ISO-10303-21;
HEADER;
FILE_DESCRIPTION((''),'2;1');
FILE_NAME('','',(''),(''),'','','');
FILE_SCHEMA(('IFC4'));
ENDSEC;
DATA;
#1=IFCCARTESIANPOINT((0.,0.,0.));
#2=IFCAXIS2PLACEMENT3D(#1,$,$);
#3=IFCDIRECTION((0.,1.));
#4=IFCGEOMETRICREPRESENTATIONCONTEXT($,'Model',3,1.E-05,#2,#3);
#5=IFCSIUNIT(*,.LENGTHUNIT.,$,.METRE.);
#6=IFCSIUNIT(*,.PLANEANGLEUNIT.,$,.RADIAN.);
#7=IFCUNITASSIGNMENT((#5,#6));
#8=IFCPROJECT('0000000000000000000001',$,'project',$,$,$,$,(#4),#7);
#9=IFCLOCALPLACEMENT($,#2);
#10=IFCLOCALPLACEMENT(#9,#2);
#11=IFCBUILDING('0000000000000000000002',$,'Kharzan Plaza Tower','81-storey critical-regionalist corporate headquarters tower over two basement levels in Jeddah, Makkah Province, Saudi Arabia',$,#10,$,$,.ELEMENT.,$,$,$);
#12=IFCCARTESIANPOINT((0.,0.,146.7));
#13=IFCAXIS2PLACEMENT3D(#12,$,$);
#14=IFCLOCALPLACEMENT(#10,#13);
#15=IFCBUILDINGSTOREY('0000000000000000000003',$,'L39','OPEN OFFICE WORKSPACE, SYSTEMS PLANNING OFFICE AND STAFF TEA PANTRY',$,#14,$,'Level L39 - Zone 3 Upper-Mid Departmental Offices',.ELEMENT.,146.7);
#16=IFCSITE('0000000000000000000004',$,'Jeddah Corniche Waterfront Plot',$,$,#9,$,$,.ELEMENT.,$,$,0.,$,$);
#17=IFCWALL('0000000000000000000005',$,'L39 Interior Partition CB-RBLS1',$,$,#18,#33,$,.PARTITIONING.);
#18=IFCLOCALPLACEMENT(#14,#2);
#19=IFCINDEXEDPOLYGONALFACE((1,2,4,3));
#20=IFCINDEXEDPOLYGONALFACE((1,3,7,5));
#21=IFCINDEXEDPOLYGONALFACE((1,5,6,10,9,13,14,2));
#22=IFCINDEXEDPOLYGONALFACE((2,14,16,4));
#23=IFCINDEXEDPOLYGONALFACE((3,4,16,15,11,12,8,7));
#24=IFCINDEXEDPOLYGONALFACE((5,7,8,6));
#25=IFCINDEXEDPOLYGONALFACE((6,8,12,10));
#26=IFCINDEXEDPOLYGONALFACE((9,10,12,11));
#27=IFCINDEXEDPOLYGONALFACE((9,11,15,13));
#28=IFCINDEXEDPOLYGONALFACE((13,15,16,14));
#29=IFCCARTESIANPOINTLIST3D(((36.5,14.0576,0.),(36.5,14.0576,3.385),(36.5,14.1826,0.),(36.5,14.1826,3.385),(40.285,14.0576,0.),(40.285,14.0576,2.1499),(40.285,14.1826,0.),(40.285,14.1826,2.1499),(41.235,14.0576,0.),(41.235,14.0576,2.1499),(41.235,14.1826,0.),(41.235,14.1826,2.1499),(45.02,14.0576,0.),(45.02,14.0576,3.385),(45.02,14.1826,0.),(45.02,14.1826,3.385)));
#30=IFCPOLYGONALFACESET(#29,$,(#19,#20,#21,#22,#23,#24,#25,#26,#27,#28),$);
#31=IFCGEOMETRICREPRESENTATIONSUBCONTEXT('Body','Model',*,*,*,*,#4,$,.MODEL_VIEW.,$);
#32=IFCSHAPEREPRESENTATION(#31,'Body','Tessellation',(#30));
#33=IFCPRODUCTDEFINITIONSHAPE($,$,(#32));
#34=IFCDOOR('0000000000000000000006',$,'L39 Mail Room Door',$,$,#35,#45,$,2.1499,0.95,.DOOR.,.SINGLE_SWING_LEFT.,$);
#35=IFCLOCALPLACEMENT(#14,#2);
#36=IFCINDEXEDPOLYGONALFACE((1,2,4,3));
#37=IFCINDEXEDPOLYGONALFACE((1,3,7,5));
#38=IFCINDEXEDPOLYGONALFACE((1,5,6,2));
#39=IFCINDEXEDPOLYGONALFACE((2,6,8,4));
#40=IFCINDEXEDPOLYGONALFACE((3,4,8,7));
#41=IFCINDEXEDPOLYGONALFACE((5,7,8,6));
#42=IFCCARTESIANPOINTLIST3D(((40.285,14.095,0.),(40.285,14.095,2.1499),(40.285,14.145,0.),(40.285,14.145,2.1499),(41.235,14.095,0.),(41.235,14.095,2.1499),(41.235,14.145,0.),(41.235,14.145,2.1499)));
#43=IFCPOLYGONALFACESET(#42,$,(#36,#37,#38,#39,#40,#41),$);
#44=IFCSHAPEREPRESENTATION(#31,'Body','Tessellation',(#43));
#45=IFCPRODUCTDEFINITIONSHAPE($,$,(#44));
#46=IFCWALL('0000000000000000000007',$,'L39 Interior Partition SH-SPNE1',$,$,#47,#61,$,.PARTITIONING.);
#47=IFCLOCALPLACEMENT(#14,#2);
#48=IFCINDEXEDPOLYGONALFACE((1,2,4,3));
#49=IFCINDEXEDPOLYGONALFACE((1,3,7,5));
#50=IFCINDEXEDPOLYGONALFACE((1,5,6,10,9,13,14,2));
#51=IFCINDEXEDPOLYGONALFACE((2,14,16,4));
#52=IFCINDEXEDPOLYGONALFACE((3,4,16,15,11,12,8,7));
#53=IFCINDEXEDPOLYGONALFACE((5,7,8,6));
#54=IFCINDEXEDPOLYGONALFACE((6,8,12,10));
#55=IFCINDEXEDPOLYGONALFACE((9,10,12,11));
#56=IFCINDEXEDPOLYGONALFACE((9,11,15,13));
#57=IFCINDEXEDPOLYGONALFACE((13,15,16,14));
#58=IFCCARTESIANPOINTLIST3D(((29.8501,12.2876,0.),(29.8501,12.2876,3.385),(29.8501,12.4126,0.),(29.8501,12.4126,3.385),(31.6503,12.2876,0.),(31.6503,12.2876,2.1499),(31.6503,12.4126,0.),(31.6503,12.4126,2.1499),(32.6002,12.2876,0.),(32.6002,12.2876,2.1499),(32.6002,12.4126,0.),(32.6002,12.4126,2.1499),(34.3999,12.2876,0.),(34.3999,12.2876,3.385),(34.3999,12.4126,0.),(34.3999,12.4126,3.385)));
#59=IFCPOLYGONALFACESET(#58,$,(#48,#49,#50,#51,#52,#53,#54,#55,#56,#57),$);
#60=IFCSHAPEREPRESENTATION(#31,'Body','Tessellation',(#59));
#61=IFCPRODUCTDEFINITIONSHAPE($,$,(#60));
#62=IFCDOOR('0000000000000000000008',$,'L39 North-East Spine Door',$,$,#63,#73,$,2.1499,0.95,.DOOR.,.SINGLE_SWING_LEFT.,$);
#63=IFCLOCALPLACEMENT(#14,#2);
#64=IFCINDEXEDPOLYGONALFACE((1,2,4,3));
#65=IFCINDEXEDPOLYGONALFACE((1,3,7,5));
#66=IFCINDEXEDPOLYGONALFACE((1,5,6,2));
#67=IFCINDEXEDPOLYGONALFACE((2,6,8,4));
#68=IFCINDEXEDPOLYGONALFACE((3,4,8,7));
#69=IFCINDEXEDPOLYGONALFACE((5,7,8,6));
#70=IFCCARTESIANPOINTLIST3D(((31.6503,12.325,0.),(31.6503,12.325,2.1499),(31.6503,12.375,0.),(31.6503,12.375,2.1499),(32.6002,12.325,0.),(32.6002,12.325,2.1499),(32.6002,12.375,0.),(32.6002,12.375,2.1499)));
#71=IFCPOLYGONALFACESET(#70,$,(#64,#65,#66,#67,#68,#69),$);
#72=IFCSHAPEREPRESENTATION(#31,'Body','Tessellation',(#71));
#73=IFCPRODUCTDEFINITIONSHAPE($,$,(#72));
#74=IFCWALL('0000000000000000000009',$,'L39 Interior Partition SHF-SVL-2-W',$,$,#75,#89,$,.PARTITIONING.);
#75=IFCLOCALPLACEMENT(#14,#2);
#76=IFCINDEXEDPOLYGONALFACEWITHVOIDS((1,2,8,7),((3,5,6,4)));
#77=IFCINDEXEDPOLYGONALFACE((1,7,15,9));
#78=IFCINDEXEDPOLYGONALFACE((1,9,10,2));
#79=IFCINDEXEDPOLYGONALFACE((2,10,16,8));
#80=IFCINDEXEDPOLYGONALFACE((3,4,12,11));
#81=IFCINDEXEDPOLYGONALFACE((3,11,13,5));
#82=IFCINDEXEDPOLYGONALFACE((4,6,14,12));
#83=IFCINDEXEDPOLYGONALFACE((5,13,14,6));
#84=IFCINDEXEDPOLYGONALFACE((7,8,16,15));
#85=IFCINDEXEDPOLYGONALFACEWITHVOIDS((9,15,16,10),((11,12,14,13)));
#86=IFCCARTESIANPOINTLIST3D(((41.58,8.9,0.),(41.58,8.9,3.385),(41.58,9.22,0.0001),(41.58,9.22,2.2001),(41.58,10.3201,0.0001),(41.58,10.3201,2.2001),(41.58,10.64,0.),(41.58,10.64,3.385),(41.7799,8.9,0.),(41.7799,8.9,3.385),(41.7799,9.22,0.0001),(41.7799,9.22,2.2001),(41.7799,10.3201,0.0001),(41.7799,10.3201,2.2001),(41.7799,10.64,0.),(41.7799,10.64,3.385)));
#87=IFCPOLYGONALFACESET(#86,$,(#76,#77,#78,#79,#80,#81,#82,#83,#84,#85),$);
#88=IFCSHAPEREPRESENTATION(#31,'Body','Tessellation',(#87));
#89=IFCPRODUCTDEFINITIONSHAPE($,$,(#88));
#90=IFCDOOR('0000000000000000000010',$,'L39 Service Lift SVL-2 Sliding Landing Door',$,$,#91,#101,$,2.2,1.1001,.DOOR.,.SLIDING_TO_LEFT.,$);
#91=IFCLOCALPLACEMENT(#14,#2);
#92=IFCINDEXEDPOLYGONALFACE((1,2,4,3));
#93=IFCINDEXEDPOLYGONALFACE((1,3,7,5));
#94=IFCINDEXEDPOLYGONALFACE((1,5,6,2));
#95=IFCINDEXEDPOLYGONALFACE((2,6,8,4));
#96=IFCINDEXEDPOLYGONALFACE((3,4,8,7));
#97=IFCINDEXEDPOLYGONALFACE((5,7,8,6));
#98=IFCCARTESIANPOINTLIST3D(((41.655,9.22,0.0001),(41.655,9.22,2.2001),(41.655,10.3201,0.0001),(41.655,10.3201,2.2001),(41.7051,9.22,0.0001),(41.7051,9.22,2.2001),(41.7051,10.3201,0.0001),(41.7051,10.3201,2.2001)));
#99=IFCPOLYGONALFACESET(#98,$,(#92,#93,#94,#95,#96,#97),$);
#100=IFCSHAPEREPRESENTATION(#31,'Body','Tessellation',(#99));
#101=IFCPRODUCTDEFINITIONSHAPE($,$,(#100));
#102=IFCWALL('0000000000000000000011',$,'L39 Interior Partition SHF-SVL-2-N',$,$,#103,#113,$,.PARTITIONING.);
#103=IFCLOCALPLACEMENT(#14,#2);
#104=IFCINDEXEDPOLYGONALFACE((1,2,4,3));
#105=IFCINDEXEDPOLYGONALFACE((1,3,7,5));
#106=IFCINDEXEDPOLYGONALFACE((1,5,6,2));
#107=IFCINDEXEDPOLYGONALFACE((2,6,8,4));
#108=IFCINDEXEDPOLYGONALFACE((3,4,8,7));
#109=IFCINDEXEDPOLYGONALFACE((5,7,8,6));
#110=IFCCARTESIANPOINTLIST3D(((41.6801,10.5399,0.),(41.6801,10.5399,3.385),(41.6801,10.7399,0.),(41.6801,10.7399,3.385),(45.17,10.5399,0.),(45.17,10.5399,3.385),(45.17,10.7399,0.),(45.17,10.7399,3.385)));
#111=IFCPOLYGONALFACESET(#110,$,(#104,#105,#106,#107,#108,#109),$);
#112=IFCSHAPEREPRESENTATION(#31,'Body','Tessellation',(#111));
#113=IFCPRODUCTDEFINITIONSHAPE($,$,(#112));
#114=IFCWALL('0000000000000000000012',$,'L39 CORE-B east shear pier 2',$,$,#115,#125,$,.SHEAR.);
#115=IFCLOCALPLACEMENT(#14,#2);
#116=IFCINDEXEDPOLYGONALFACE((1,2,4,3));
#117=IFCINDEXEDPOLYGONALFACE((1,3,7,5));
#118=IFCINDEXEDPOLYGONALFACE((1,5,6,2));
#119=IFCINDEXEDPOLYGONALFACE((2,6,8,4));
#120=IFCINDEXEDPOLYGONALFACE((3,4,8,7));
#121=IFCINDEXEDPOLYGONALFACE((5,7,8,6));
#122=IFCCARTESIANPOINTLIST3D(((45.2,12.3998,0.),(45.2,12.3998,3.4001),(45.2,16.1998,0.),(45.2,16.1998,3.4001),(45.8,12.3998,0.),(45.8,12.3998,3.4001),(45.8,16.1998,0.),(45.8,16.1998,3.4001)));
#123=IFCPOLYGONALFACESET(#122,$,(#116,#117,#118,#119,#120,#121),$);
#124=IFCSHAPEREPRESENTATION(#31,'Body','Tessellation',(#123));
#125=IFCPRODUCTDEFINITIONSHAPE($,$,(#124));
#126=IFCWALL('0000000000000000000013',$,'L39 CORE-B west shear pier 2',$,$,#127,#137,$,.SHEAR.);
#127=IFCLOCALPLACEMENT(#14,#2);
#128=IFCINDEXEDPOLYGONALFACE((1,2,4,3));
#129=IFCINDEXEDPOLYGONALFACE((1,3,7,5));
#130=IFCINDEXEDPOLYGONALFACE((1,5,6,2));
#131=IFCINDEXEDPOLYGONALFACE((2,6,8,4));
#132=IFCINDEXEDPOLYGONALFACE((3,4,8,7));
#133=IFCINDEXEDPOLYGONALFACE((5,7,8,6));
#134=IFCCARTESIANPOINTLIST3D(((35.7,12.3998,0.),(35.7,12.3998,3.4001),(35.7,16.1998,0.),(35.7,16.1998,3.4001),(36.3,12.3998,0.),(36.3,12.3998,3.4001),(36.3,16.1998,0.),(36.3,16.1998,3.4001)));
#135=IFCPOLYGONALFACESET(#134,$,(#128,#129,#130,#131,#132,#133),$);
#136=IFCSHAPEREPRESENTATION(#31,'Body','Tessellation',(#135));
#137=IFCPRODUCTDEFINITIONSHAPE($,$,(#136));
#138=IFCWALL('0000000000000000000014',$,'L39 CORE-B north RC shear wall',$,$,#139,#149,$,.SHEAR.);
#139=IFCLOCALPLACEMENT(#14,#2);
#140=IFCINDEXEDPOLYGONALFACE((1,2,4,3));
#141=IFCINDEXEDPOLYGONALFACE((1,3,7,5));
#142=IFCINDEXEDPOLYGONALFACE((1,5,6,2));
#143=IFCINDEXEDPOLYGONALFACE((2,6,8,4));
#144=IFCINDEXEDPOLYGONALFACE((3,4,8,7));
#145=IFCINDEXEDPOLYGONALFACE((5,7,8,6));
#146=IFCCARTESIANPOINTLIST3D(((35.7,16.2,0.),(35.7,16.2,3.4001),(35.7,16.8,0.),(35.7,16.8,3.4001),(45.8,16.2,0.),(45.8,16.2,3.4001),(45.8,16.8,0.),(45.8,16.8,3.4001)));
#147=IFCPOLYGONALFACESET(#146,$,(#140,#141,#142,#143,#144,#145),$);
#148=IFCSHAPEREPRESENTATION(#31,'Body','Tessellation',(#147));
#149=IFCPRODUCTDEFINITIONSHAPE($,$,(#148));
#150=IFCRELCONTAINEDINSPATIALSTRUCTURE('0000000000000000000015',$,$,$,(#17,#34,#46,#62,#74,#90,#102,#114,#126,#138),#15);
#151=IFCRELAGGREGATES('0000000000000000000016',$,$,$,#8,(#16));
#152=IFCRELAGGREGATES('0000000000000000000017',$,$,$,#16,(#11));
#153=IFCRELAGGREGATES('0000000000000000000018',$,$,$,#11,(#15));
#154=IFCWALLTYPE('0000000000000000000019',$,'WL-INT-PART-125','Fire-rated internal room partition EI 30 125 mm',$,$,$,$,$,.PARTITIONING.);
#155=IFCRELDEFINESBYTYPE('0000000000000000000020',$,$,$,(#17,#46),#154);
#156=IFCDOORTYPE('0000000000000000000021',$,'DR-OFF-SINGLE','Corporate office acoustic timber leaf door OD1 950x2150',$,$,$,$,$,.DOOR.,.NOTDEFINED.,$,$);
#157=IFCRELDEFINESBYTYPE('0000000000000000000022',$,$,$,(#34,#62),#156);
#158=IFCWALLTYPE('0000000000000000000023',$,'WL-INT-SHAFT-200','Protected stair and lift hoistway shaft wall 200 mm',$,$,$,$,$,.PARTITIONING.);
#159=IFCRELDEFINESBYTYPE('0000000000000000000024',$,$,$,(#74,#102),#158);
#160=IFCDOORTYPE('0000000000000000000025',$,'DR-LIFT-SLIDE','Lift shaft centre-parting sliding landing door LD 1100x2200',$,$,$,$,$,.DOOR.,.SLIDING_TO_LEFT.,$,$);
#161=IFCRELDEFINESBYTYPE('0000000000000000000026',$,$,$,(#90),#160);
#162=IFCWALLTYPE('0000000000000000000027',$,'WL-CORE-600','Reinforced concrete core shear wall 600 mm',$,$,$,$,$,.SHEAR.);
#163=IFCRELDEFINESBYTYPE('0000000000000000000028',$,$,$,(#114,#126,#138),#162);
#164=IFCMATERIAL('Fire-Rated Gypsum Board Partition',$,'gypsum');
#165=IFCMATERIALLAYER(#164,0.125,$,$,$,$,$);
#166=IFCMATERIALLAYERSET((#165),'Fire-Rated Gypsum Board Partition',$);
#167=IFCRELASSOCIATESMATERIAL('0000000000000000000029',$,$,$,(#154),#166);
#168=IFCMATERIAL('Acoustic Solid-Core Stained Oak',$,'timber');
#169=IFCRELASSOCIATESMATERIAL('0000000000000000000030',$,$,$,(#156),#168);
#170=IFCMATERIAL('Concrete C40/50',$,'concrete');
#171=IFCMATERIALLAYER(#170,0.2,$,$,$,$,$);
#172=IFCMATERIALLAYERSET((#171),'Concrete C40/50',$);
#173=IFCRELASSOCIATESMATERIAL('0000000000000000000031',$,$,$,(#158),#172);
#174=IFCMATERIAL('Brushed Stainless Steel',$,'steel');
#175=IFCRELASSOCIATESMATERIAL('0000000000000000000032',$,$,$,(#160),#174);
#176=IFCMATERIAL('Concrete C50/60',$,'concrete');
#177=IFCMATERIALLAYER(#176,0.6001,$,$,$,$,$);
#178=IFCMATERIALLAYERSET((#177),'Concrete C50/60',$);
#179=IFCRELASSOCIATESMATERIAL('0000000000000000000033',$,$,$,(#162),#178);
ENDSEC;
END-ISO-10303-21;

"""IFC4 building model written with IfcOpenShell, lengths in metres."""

from ifc_helpers import new_model, si_unit, direction, frame, frame_2d, origin, place, context, subcontext, project, spatial, rectangle, extrude, source, transform, mapped, material, layer, layer_set, type_object, element, fill, save


model = new_model("IFC4")

# Units and contexts
model_context = context("Model", 3, precision=1e-05, world=origin(), true_north=direction((0.0, 1.0)))
body_context = subcontext(model_context, "Body", "Model", "MODEL_VIEW")
ifc_project = project(units=[si_unit("LENGTHUNIT", "METRE"), si_unit("PLANEANGLEUNIT", "RADIAN")], contexts=[model_context])

# Site, building, storey
site_placement = place(None, origin())
site = spatial("IfcSite", under=ifc_project, at=site_placement, Name="Jeddah Corniche Waterfront Plot", CompositionType="ELEMENT", RefElevation=0.0)
building_placement = place(site_placement, origin())
building = spatial("IfcBuilding", under=site, at=building_placement, Name="Kharzan Plaza Tower", Description="81-storey critical-regionalist corporate headquarters tower over two basement levels in Jeddah, Makkah Province, Saudi Arabia", CompositionType="ELEMENT")
storey_placement = place(building_placement, frame((0.0, 0.0, 146.7)))
storey = spatial("IfcBuildingStorey", under=building, at=storey_placement, Name="L39", Description="OPEN OFFICE WORKSPACE, SYSTEMS PLANNING OFFICE AND STAFF TEA PANTRY", LongName="Level L39 - Zone 3 Upper-Mid Departmental Offices", CompositionType="ELEMENT", Elevation=146.7)

# Shared definitions
ifc_material_1 = material(Name="Concrete C50/60", Category="concrete")

# Shared definitions
ifc_material_2 = material(Name="Concrete C40/50", Category="concrete")

# Walls, openings, doors
ifc_material_3 = material(Name="Fire-Rated Gypsum Board Partition", Category="gypsum")
ifc_layer_1 = layer(ifc_material_3, 0.125)
ifc_layer_set_1 = layer_set([ifc_layer_1], Name="Fire-Rated Gypsum Board Partition")
wall_type_1 = type_object("IfcWallType", Name="WL-INT-PART-125", Description="Fire-rated internal room partition EI 30 125 mm", PredefinedType="PARTITIONING", material=ifc_layer_set_1)
wall_1_placement = place(storey_placement, frame((36.5, 14.1201, 0.0), z_axis=(0.0, 0.0, 1.0), x_axis=(1.0, 0.0, 0.0)))
wall_1 = element("IfcWall", 1, at=wall_1_placement, inside=storey, type_object=wall_type_1, Name="L39 Interior Partition CB-RBLS1", PredefinedType="PARTITIONING", context=body_context, shape_type="SweptSolid", body=[
    extrude(rectangle(XDim=8.52, YDim=0.125, at=frame_2d((4.26, 0.0))), origin(), (0.0, 0.0, 1.0), 3.385),
])
opening_1_placement = place(wall_1_placement, frame((3.7849, 0.0, 0.0)))
opening_1 = element("IfcOpeningElement", 2, at=opening_1_placement, cuts=wall_1, PredefinedType="OPENING", context=body_context, shape_type="SweptSolid", body=[
    extrude(rectangle(XDim=0.95, YDim=2.1499, at=frame_2d((0.4751, 1.075))), frame((0.0, 0.0725, 0.0), z_axis=(0.0, -1.0, 0.0), x_axis=(1.0, 0.0, 0.0)), (0.0, 0.0, 1.0), 0.145),
])
ifc_material_4 = material(Name="Acoustic Solid-Core Stained Oak", Category="timber")
door_type_1 = type_object("IfcDoorType", Name="DR-OFF-SINGLE", Description="Corporate office acoustic timber leaf door OD1 950x2150", OperationType="NOTDEFINED", PredefinedType="DOOR", material=ifc_material_4)
shared_shape_1 = source(origin(), body_context, "Body", "SweptSolid", [
    extrude(rectangle(XDim=0.95, YDim=2.1499, at=frame_2d((0.4751, 1.075))), frame((0.0, 0.0249, 0.0), z_axis=(0.0, -1.0, 0.0), x_axis=(1.0, 0.0, 0.0)), (0.0, 0.0, 1.0), 0.05),
])
door_1_placement = place(opening_1_placement, origin())
door_1 = element("IfcDoor", 3, at=door_1_placement, inside=storey, type_object=door_type_1, Name="L39 Mail Room Door", OperationType="SINGLE_SWING_LEFT", OverallHeight=2.1499, OverallWidth=0.95, PredefinedType="DOOR", context=body_context, shape_type="MappedRepresentation", body=[
    mapped(shared_shape_1, transform((0.0, 0.0, 0.0), x_axis=(1.0, 0.0, 0.0), y_axis=(0.0, 1.0, 0.0), z_axis=(0.0, 0.0, 1.0))),
])
fill(opening_1, door_1)
wall_2_placement = place(storey_placement, frame((29.8501, 12.3501, 0.0), z_axis=(0.0, 0.0, 1.0), x_axis=(1.0, 0.0, 0.0)))
wall_2 = element("IfcWall", 4, at=wall_2_placement, inside=storey, type_object=wall_type_1, Name="L39 Interior Partition SH-SPNE1", PredefinedType="PARTITIONING", context=body_context, shape_type="SweptSolid", body=[
    extrude(rectangle(XDim=4.5498, YDim=0.125, at=frame_2d((2.2749, 0.0))), origin(), (0.0, 0.0, 1.0), 3.385),
])
opening_2_placement = place(wall_2_placement, frame((1.8, 0.0, 0.0)))
opening_2 = element("IfcOpeningElement", 5, at=opening_2_placement, cuts=wall_2, PredefinedType="OPENING", context=body_context, shape_type="SweptSolid", body=[
    extrude(rectangle(XDim=0.95, YDim=2.1499, at=frame_2d((0.4751, 1.075))), frame((0.0, 0.0725, 0.0), z_axis=(0.0, -1.0, 0.0), x_axis=(1.0, 0.0, 0.0)), (0.0, 0.0, 1.0), 0.145),
])
door_2_placement = place(opening_2_placement, origin())
door_2 = element("IfcDoor", 6, at=door_2_placement, inside=storey, type_object=door_type_1, Name="L39 North-East Spine Door", OperationType="SINGLE_SWING_LEFT", OverallHeight=2.1499, OverallWidth=0.95, PredefinedType="DOOR", context=body_context, shape_type="MappedRepresentation", body=[
    mapped(shared_shape_1, transform((0.0, 0.0, 0.0), x_axis=(1.0, 0.0, 0.0), y_axis=(0.0, 1.0, 0.0), z_axis=(0.0, 0.0, 1.0))),
])
fill(opening_2, door_2)
ifc_layer_2 = layer(ifc_material_2, 0.2)
ifc_layer_set_2 = layer_set([ifc_layer_2], Name="Concrete C40/50")
wall_type_2 = type_object("IfcWallType", Name="WL-INT-SHAFT-200", Description="Protected stair and lift hoistway shaft wall 200 mm", PredefinedType="PARTITIONING", material=ifc_layer_set_2)
wall_3_placement = place(storey_placement, frame((41.6799, 8.8999, 0.0), z_axis=(0.0, 0.0, 1.0), x_axis=(0.0, 1.0, 0.0)))
wall_3 = element("IfcWall", 7, at=wall_3_placement, inside=storey, type_object=wall_type_2, Name="L39 Interior Partition SHF-SVL-2-W", PredefinedType="PARTITIONING", context=body_context, shape_type="SweptSolid", body=[
    extrude(rectangle(XDim=1.74, YDim=0.2, at=frame_2d((0.8701, 0.0))), origin(), (0.0, 0.0, 1.0), 3.385),
])
opening_3_placement = place(wall_3_placement, frame((0.3201, 0.0, 0.0)))
opening_3 = element("IfcOpeningElement", 8, at=opening_3_placement, cuts=wall_3, PredefinedType="OPENING", context=body_context, shape_type="SweptSolid", body=[
    extrude(rectangle(XDim=1.1001, YDim=2.2, at=frame_2d((0.55, 1.1001))), frame((0.0, 0.1099, 0.0), z_axis=(0.0, -1.0, 0.0), x_axis=(1.0, 0.0, 0.0)), (0.0, 0.0, 1.0), 0.22),
])
ifc_material_5 = material(Name="Brushed Stainless Steel", Category="steel")
door_type_2 = type_object("IfcDoorType", Name="DR-LIFT-SLIDE", Description="Lift shaft centre-parting sliding landing door LD 1100x2200", OperationType="SLIDING_TO_LEFT", PredefinedType="DOOR", material=ifc_material_5)
shared_shape_2 = source(origin(), body_context, "Body", "SweptSolid", [
    extrude(rectangle(XDim=1.1001, YDim=2.2, at=frame_2d((0.55, 1.1001))), frame((0.0, 0.0249, 0.0), z_axis=(0.0, -1.0, 0.0), x_axis=(1.0, 0.0, 0.0)), (0.0, 0.0, 1.0), 0.05),
])
door_3_placement = place(opening_3_placement, origin())
door_3 = element("IfcDoor", 9, at=door_3_placement, inside=storey, type_object=door_type_2, Name="L39 Service Lift SVL-2 Sliding Landing Door", OperationType="SLIDING_TO_LEFT", OverallHeight=2.2, OverallWidth=1.1001, PredefinedType="DOOR", context=body_context, shape_type="MappedRepresentation", body=[
    mapped(shared_shape_2, transform((0.0, 0.0, 0.0), x_axis=(1.0, 0.0, 0.0), y_axis=(0.0, 1.0, 0.0), z_axis=(0.0, 0.0, 1.0))),
])
fill(opening_3, door_3)

# Walls
shared_shape_3 = source(origin(), body_context, "Body", "SweptSolid", [
    extrude(rectangle(XDim=3.49, YDim=0.2, at=frame_2d((1.7451, 0.0))), origin(), (0.0, 0.0, 1.0), 3.385),
])
wall_4_placement = place(storey_placement, frame((41.6799, 10.6399, 0.0), z_axis=(0.0, 0.0, 1.0), x_axis=(1.0, 0.0, 0.0)))
element("IfcWall", 10, at=wall_4_placement, inside=storey, type_object=wall_type_2, Name="L39 Interior Partition SHF-SVL-2-N", PredefinedType="PARTITIONING", context=body_context, shape_type="MappedRepresentation", body=[
    mapped(shared_shape_3, transform((0.0, 0.0, 0.0), x_axis=(1.0, 0.0, 0.0), y_axis=(0.0, 1.0, 0.0), z_axis=(0.0, 0.0, 1.0))),
])
ifc_layer_3 = layer(ifc_material_1, 0.6001)
ifc_layer_set_3 = layer_set([ifc_layer_3], Name="Concrete C50/60")
wall_type_3 = type_object("IfcWallType", Name="WL-CORE-600", Description="Reinforced concrete core shear wall 600 mm", PredefinedType="SHEAR", material=ifc_layer_set_3)
shared_shape_4 = source(origin(), body_context, "Body", "SweptSolid", [
    extrude(rectangle(XDim=3.8, YDim=0.6001, at=frame_2d((1.8999, 0.0))), origin(), (0.0, 0.0, 1.0), 3.4001),
])
for number, where, z_axis, x_axis, name in (
    (11, (45.5, 12.3999, 0.0), (0.0, 0.0, 1.0), (0.0, 1.0, 0.0), "L39 CORE-B east shear pier 2"),
    (12, (36.0, 12.3999, 0.0), (0.0, 0.0, 1.0), (0.0, 1.0, 0.0), "L39 CORE-B west shear pier 2"),
):
    element("IfcWall", number, at=place(storey_placement, frame(where, z_axis=z_axis, x_axis=x_axis)), inside=storey, type_object=wall_type_3, Name=name, PredefinedType="SHEAR", context=body_context, shape_type="MappedRepresentation", body=[
        mapped(shared_shape_4, transform((0.0, 0.0, 0.0), x_axis=(1.0, 0.0, 0.0), y_axis=(0.0, 1.0, 0.0), z_axis=(0.0, 0.0, 1.0))),
    ])
shared_shape_5 = source(origin(), body_context, "Body", "SweptSolid", [
    extrude(rectangle(XDim=10.1001, YDim=0.6001, at=frame_2d((5.05, 0.0))), origin(), (0.0, 0.0, 1.0), 3.4001),
])
wall_5_placement = place(storey_placement, frame((35.7, 16.5, 0.0), z_axis=(0.0, 0.0, 1.0), x_axis=(1.0, 0.0, 0.0)))
element("IfcWall", 13, at=wall_5_placement, inside=storey, type_object=wall_type_3, Name="L39 CORE-B north RC shear wall", PredefinedType="SHEAR", context=body_context, shape_type="MappedRepresentation", body=[
    mapped(shared_shape_5, transform((0.0, 0.0, 0.0), x_axis=(1.0, 0.0, 0.0), y_axis=(0.0, 1.0, 0.0), z_axis=(0.0, 0.0, 1.0))),
])

save(model, "model.ifc")
